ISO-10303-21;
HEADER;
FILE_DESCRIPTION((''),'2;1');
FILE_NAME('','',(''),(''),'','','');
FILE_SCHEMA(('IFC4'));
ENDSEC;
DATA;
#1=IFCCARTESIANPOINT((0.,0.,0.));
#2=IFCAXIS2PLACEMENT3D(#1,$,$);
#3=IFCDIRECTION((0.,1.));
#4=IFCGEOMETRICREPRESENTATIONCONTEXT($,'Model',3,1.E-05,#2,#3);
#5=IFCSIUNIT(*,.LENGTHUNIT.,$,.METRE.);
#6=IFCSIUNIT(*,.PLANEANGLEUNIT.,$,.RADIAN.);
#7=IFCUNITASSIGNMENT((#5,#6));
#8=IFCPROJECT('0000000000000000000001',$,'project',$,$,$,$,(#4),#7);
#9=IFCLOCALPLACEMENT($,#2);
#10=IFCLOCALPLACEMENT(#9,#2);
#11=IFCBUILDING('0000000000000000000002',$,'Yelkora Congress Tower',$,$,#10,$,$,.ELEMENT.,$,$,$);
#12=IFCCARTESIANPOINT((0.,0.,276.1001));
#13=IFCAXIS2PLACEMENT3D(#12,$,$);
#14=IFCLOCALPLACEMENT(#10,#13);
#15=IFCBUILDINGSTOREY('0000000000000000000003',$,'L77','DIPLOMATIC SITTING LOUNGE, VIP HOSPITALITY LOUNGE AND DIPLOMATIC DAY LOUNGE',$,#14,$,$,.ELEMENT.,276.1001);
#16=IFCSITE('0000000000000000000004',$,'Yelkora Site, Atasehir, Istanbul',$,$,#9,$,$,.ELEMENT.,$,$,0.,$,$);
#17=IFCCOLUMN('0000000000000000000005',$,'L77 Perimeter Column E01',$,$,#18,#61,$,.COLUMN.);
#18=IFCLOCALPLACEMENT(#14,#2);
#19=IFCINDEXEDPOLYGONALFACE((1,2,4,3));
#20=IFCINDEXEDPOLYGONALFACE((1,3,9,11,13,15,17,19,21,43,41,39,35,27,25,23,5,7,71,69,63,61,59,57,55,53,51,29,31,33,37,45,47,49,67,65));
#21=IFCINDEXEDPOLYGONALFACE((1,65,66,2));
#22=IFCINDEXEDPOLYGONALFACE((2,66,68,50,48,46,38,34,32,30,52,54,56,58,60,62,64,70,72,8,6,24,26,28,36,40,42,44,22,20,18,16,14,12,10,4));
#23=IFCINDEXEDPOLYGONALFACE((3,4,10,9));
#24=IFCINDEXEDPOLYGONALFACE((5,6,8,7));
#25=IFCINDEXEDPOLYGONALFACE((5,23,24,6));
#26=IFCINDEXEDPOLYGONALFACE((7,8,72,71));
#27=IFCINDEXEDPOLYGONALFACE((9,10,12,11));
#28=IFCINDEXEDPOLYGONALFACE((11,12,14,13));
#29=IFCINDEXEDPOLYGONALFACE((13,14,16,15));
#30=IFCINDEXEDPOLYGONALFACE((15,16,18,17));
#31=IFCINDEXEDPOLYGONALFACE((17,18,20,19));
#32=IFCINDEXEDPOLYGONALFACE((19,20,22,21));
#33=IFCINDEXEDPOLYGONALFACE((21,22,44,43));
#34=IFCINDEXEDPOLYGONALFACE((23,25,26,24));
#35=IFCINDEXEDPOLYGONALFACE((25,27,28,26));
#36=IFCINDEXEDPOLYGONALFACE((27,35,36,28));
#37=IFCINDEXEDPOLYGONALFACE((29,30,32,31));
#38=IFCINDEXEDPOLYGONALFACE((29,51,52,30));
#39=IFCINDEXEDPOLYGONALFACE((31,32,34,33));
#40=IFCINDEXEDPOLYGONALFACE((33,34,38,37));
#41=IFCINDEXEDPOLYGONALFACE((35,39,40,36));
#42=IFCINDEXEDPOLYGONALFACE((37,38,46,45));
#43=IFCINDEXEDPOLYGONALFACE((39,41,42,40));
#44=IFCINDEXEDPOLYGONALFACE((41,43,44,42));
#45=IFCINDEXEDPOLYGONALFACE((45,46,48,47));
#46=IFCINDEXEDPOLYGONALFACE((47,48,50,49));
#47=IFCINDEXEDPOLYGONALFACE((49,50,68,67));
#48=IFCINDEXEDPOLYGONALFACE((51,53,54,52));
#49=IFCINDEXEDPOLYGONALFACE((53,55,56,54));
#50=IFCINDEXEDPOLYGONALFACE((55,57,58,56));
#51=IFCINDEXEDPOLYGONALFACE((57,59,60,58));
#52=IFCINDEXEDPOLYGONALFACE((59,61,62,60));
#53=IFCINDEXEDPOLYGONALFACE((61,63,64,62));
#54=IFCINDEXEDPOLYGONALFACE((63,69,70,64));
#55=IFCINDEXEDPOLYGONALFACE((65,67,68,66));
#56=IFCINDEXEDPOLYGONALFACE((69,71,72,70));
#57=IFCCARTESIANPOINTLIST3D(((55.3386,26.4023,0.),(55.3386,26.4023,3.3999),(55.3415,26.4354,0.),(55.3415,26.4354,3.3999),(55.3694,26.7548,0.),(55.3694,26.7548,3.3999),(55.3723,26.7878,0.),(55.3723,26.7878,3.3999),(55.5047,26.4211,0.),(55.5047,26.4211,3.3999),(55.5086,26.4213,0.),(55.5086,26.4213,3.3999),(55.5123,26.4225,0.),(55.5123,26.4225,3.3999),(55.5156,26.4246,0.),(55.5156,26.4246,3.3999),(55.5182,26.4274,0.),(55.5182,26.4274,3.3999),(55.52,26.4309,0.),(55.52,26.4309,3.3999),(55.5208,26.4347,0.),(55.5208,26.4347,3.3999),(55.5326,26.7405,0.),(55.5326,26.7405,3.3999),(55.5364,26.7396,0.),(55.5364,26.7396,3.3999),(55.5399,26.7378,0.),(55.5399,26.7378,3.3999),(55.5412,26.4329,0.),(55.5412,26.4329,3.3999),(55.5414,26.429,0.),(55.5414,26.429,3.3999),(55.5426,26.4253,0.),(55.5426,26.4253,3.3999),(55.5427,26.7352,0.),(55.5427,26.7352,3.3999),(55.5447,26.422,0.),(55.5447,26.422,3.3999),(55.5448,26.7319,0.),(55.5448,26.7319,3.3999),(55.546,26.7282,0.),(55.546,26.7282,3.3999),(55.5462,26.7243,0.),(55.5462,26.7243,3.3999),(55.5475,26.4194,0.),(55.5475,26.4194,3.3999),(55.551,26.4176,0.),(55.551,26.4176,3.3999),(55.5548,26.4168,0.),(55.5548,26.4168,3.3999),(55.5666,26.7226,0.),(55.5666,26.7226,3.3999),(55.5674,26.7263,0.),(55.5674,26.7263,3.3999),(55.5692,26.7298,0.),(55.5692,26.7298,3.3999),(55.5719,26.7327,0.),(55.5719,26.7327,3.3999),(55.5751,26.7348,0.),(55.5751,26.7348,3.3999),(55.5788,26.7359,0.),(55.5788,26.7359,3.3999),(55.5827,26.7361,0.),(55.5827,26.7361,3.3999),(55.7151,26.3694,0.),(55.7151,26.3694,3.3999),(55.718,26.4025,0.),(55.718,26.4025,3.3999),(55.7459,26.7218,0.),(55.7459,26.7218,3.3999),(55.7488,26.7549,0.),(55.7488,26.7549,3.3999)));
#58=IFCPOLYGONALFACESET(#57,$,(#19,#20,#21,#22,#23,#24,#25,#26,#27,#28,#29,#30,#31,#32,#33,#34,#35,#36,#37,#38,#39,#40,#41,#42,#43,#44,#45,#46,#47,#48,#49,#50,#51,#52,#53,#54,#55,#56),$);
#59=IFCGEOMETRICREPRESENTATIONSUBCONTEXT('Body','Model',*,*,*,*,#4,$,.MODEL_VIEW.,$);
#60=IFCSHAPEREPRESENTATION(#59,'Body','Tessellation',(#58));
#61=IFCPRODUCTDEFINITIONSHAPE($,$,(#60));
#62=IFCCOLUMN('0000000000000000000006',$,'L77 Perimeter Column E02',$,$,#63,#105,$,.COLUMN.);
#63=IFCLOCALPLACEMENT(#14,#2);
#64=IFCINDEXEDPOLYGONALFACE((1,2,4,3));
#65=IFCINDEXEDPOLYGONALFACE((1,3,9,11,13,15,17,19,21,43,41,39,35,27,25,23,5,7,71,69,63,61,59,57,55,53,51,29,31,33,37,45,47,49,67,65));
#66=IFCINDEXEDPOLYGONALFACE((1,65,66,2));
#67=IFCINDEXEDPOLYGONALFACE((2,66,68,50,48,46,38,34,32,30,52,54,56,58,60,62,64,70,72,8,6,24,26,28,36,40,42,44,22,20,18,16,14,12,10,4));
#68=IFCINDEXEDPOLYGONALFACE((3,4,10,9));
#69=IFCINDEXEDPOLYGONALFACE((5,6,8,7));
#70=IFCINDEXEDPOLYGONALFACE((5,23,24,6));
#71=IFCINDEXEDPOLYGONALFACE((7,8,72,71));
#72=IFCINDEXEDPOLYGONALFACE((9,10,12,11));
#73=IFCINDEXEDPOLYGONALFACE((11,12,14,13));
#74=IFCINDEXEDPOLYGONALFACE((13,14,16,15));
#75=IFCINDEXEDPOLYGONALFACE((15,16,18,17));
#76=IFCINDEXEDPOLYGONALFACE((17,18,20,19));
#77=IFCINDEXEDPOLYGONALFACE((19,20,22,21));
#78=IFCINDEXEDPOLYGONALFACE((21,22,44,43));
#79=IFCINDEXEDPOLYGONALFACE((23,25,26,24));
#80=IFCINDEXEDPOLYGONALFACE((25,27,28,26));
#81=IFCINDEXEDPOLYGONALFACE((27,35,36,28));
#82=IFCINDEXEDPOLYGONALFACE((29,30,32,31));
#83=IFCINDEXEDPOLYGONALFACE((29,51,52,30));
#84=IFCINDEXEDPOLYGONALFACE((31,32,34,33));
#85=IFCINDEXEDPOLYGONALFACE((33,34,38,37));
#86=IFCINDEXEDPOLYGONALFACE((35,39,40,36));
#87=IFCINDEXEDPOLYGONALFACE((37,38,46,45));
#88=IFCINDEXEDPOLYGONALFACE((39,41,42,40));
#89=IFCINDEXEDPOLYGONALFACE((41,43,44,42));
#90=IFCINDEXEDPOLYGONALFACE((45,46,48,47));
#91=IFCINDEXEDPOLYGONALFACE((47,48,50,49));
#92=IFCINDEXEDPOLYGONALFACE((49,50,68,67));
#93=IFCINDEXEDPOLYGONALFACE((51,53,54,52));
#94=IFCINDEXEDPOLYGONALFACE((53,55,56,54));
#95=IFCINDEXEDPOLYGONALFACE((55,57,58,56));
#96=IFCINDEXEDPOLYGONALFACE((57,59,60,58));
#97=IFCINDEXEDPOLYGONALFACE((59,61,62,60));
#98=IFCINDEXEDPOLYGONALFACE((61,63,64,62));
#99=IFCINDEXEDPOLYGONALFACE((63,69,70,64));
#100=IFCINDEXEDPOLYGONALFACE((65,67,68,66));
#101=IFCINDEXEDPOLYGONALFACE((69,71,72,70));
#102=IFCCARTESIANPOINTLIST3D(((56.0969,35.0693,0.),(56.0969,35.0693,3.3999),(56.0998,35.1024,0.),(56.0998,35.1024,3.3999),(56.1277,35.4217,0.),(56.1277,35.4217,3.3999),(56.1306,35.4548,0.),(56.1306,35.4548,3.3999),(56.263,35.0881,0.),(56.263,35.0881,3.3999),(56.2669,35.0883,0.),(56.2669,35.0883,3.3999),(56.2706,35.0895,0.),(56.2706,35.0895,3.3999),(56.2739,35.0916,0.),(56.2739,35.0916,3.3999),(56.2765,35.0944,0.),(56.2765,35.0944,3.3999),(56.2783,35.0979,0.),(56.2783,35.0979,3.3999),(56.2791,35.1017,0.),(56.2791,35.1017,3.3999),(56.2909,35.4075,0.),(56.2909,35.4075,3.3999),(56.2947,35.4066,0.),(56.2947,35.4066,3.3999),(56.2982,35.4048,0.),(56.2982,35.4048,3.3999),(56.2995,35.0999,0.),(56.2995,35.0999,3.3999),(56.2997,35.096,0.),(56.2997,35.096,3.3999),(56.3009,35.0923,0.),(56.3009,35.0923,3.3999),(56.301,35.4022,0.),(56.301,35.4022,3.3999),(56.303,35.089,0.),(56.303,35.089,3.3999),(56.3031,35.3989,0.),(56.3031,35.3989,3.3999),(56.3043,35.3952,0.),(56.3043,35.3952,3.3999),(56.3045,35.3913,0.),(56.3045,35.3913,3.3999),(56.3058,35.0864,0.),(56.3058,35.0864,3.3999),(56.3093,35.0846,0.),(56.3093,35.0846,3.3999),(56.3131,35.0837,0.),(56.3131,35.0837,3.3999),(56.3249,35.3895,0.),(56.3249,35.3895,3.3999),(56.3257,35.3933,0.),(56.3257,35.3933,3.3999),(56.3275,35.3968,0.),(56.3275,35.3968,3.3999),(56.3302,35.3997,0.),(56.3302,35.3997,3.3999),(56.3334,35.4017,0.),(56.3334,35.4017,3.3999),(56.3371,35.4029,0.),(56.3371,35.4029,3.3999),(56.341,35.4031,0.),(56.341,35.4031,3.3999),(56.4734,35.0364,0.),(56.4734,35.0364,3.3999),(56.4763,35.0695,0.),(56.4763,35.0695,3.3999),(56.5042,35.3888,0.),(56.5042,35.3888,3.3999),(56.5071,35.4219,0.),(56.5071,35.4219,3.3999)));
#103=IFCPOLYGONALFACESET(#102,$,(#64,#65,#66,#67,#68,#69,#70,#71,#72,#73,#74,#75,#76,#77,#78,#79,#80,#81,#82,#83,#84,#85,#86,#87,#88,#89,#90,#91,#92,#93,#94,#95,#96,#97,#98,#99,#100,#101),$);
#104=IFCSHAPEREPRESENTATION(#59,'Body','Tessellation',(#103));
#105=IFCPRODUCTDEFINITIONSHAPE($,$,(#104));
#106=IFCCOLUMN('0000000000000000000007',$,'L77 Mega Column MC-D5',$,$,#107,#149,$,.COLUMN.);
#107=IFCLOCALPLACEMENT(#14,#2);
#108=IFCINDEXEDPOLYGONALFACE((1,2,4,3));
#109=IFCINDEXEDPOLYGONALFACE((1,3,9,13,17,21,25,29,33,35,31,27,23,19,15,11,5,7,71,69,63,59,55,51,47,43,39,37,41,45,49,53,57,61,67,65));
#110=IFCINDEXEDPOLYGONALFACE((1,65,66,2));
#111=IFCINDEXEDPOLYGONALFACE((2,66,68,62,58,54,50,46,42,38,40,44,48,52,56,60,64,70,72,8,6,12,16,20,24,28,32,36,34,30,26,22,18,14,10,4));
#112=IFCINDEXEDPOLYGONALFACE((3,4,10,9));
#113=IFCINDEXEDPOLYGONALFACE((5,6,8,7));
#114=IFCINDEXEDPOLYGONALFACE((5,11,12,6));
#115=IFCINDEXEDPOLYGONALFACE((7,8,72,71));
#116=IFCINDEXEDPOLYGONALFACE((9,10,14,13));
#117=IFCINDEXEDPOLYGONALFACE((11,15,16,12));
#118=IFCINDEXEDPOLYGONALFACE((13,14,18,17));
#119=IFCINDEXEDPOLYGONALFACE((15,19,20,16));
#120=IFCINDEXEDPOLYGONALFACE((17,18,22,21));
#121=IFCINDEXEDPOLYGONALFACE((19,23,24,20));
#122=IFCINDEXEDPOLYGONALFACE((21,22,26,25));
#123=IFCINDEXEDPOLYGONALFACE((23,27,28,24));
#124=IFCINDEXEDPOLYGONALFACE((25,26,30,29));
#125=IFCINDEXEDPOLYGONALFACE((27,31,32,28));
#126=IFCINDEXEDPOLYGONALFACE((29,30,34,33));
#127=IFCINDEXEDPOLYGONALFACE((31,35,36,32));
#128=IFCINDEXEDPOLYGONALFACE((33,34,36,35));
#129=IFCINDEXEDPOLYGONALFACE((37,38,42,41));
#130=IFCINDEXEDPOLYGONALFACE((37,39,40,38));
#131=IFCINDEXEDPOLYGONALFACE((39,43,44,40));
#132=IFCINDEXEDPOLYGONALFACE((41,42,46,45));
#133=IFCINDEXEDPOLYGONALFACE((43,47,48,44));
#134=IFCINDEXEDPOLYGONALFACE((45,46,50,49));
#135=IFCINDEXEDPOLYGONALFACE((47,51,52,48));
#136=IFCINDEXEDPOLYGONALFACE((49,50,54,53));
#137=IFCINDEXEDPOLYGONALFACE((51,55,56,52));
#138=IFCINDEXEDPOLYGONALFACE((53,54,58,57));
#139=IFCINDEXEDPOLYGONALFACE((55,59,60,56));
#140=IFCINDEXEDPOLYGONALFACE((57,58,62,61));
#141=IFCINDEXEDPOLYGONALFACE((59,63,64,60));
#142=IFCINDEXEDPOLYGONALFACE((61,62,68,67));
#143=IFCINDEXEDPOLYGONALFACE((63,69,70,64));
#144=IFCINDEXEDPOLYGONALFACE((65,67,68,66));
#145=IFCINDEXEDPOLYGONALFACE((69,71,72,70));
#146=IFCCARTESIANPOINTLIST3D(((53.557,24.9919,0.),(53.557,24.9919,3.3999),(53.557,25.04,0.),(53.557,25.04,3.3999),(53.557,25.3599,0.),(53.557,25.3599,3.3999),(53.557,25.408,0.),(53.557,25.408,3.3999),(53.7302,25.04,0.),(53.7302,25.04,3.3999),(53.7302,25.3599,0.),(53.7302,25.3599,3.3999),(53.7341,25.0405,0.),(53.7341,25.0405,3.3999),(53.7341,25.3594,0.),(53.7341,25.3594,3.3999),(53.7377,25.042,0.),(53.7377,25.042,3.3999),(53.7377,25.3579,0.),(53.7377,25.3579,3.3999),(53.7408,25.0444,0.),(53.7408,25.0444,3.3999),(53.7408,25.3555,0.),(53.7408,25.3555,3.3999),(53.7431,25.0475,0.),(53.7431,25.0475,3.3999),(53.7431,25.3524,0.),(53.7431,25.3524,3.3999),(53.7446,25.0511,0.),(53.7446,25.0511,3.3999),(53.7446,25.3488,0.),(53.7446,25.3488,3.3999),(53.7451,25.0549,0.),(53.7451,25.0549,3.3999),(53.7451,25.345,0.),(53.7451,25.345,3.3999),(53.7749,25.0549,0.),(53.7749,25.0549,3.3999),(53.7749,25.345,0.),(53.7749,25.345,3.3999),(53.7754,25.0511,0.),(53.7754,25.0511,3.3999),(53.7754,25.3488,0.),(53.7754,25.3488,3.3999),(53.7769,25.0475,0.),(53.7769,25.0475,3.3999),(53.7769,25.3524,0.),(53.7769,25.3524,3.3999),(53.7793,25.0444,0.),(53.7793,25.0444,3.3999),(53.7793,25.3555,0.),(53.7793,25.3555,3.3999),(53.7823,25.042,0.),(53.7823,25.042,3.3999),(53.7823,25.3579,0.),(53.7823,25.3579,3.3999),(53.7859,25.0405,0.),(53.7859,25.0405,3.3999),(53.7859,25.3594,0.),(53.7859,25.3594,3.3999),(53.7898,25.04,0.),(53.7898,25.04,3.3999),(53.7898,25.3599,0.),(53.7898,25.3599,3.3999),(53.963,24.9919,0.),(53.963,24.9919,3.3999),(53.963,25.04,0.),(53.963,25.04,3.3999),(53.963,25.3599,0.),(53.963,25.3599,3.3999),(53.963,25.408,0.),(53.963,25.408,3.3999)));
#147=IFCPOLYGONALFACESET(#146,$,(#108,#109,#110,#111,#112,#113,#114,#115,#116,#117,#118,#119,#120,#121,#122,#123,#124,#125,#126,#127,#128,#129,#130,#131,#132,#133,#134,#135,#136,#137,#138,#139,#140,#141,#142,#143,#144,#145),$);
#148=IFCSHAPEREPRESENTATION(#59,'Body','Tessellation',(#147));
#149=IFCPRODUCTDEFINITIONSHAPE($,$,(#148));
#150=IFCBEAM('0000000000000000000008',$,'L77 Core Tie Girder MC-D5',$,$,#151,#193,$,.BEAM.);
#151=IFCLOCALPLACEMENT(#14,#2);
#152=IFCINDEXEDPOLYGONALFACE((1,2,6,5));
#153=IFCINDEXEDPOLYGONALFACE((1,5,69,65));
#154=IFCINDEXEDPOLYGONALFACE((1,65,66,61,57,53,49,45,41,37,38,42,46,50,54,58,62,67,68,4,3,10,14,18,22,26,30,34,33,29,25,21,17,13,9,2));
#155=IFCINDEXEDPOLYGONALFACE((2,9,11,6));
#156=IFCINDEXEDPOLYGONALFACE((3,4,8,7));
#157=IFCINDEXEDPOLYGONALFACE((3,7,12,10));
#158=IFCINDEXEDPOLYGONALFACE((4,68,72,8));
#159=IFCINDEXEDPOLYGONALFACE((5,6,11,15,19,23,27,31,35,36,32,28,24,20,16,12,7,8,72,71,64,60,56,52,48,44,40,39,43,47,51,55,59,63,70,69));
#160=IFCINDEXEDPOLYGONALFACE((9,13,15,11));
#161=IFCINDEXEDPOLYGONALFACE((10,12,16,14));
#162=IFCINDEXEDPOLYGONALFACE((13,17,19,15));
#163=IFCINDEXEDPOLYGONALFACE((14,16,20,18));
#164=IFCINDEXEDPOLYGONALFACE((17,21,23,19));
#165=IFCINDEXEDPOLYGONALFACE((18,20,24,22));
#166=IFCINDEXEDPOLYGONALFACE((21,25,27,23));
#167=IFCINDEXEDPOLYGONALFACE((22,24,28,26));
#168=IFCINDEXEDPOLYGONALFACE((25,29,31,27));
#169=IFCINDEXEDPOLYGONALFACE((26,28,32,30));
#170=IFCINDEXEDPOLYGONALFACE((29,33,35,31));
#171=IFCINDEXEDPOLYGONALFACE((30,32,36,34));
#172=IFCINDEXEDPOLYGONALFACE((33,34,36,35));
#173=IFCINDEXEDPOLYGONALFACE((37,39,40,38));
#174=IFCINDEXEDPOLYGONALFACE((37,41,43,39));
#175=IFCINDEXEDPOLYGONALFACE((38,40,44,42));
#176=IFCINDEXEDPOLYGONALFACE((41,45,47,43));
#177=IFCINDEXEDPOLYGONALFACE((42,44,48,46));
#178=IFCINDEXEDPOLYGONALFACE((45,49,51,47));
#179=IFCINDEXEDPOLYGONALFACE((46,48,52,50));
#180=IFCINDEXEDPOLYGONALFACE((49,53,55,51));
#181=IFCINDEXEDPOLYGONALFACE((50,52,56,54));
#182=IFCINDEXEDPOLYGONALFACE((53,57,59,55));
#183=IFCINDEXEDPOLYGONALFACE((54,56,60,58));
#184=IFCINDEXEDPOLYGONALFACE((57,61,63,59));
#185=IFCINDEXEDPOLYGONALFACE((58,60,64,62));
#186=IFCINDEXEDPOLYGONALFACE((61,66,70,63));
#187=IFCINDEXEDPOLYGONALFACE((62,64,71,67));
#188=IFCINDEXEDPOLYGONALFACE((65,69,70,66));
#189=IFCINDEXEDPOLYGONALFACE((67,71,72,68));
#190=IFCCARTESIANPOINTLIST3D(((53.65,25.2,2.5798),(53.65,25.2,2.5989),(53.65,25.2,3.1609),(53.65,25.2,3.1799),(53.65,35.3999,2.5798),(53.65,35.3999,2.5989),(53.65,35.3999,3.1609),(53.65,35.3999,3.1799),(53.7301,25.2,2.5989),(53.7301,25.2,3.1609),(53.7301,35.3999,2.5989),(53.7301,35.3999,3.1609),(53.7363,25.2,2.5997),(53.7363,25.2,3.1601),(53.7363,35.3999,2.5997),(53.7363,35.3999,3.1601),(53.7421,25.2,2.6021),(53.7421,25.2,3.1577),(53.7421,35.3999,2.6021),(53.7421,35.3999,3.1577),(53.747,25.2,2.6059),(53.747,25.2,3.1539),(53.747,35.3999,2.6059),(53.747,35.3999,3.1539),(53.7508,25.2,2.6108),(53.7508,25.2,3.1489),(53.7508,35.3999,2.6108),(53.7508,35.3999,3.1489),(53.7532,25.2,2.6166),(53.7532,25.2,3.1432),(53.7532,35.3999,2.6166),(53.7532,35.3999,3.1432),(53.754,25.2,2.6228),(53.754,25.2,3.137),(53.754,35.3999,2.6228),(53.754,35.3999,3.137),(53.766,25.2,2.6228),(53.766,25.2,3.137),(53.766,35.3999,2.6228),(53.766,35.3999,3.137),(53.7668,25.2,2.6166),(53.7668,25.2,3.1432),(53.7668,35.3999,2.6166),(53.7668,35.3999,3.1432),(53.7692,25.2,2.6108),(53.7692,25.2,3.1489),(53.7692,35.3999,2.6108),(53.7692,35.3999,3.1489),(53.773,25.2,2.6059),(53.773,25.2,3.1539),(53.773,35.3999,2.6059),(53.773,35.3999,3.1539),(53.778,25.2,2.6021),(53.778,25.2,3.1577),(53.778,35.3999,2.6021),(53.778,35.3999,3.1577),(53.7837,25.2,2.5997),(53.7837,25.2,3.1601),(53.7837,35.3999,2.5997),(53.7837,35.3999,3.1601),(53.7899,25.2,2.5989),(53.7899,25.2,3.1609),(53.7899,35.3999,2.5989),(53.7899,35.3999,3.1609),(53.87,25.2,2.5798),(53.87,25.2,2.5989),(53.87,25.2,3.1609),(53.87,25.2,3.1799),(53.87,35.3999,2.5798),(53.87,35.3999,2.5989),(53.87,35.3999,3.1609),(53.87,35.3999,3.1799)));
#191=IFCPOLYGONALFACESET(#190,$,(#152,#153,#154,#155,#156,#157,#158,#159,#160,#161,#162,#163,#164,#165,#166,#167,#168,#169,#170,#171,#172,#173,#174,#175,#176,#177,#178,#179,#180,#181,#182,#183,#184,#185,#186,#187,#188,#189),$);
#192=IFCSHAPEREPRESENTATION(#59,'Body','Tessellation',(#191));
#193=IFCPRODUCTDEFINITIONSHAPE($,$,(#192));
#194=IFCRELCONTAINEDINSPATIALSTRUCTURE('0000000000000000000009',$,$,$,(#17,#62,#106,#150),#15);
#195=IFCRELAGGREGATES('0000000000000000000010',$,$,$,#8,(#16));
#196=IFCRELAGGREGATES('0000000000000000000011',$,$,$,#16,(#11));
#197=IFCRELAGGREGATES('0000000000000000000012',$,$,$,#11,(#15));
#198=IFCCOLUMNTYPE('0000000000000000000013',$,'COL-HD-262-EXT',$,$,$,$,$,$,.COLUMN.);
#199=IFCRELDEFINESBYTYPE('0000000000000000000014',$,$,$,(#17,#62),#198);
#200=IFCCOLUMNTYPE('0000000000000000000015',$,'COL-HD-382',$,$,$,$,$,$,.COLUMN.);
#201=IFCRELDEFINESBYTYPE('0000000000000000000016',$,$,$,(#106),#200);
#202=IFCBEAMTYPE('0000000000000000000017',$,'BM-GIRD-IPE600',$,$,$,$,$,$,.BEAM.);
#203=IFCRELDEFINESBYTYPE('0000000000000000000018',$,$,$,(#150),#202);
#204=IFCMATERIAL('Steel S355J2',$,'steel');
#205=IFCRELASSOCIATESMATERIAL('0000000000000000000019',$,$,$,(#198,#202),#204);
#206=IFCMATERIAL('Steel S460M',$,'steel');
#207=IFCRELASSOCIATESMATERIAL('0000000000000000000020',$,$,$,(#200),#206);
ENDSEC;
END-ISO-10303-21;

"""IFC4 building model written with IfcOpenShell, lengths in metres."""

from ifc_helpers import new_model, si_unit, direction, frame, origin, origin_2d, place, context, subcontext, project, spatial, i_section, extrude, material, material_profile, profile_set, type_object, element, save


model = new_model("IFC4")

# Units and contexts
model_context = context("Model", 3, precision=1e-05, world=origin(), true_north=direction((0.0, 1.0)))
body_context = subcontext(model_context, "Body", "Model", "MODEL_VIEW")
ifc_project = project(units=[si_unit("LENGTHUNIT", "METRE"), si_unit("PLANEANGLEUNIT", "RADIAN")], contexts=[model_context])

# Site, building, storey
site_placement = place(None, origin())
site = spatial("IfcSite", under=ifc_project, at=site_placement, Name="Yelkora Site, Atasehir, Istanbul", CompositionType="ELEMENT", RefElevation=0.0)
building_placement = place(site_placement, origin())
building = spatial("IfcBuilding", under=site, at=building_placement, Name="Yelkora Congress Tower", CompositionType="ELEMENT")
storey_placement = place(building_placement, frame((0.0, 0.0, 276.1001)))
storey = spatial("IfcBuildingStorey", under=building, at=storey_placement, Name="L77", Description="DIPLOMATIC SITTING LOUNGE, VIP HOSPITALITY LOUNGE AND DIPLOMATIC DAY LOUNGE", CompositionType="ELEMENT", Elevation=276.1001)

# Columns
ifc_material_1 = material(Name="Steel S355J2", Category="steel")
ifc_material_profile_1 = material_profile(ifc_material_1, i_section(OverallWidth=0.3779, OverallDepth=0.387, WebThickness=0.0205, FlangeThickness=0.0332, FilletRadius=0.0149, at=origin_2d()), Name="HD 360x262")
ifc_profile_set_1 = profile_set([ifc_material_profile_1], Name="Steel S355J2")
column_type_1 = type_object("IfcColumnType", Name="COL-HD-262-EXT", PredefinedType="COLUMN", material=ifc_profile_set_1)
for number, where, z_axis, x_axis, name in (
    (1, (55.5437, 26.5786, 0.0), (0.0, 0.0, 1.0), (0.996195, -0.087156, 0.0), "L77 Perimeter Column E01"),
    (2, (56.302, 35.2456, 0.0), (0.0, 0.0, 1.0), (0.996195, -0.087156, 0.0), "L77 Perimeter Column E02"),
):
    element("IfcColumn", number, at=place(storey_placement, frame(where, z_axis=z_axis, x_axis=x_axis)), inside=storey, type_object=column_type_1, Name=name, PredefinedType="COLUMN", context=body_context, shape_type="SweptSolid", body=[
        extrude(i_section(OverallWidth=0.3779, OverallDepth=0.387, WebThickness=0.0205, FlangeThickness=0.0332, FilletRadius=0.0149, at=origin_2d()), origin(), (0.0, 0.0, 1.0), 3.3999),
    ])
ifc_material_2 = material(Name="Steel S460M", Category="steel")
ifc_material_profile_2 = material_profile(ifc_material_2, i_section(OverallWidth=0.406, OverallDepth=0.416, WebThickness=0.0298, FlangeThickness=0.0481, FilletRadius=0.0149, at=origin_2d()), Name="HD 400x382")
ifc_profile_set_2 = profile_set([ifc_material_profile_2], Name="Steel S460M")
column_type_2 = type_object("IfcColumnType", Name="COL-HD-382", PredefinedType="COLUMN", material=ifc_profile_set_2)
column_placement = place(storey_placement, frame((53.76, 25.2, 0.0), z_axis=(0.0, 0.0, 1.0), x_axis=(1.0, 0.0, 0.0)))
element("IfcColumn", 3, at=column_placement, inside=storey, type_object=column_type_2, Name="L77 Mega Column MC-D5", PredefinedType="COLUMN", context=body_context, shape_type="SweptSolid", body=[
    extrude(i_section(OverallWidth=0.406, OverallDepth=0.416, WebThickness=0.0298, FlangeThickness=0.0481, FilletRadius=0.0149, at=origin_2d()), origin(), (0.0, 0.0, 1.0), 3.3999),
])

# Beam
ifc_material_profile_3 = material_profile(ifc_material_1, i_section(OverallWidth=0.22, OverallDepth=0.6001, WebThickness=0.012, FlangeThickness=0.019, FilletRadius=0.0239, at=origin_2d()), Name="IPE 600")
ifc_profile_set_3 = profile_set([ifc_material_profile_3], Name="Steel S355J2")
beam_type_1 = type_object("IfcBeamType", Name="BM-GIRD-IPE600", PredefinedType="BEAM", material=ifc_profile_set_3)
beam_1_placement = place(storey_placement, frame((53.76, 25.2, 2.8799), z_axis=(0.0, 1.0, 0.0), x_axis=(-1.0, 0.0, 0.0)))
element("IfcBeam", 4, at=beam_1_placement, inside=storey, type_object=beam_type_1, Name="L77 Core Tie Girder MC-D5", PredefinedType="BEAM", context=body_context, shape_type="SweptSolid", body=[
    extrude(i_section(OverallWidth=0.22, OverallDepth=0.6001, WebThickness=0.012, FlangeThickness=0.019, FilletRadius=0.0239, at=origin_2d()), origin(), (0.0, 0.0, 1.0), 10.2),
])

save(model, "model.ifc")
